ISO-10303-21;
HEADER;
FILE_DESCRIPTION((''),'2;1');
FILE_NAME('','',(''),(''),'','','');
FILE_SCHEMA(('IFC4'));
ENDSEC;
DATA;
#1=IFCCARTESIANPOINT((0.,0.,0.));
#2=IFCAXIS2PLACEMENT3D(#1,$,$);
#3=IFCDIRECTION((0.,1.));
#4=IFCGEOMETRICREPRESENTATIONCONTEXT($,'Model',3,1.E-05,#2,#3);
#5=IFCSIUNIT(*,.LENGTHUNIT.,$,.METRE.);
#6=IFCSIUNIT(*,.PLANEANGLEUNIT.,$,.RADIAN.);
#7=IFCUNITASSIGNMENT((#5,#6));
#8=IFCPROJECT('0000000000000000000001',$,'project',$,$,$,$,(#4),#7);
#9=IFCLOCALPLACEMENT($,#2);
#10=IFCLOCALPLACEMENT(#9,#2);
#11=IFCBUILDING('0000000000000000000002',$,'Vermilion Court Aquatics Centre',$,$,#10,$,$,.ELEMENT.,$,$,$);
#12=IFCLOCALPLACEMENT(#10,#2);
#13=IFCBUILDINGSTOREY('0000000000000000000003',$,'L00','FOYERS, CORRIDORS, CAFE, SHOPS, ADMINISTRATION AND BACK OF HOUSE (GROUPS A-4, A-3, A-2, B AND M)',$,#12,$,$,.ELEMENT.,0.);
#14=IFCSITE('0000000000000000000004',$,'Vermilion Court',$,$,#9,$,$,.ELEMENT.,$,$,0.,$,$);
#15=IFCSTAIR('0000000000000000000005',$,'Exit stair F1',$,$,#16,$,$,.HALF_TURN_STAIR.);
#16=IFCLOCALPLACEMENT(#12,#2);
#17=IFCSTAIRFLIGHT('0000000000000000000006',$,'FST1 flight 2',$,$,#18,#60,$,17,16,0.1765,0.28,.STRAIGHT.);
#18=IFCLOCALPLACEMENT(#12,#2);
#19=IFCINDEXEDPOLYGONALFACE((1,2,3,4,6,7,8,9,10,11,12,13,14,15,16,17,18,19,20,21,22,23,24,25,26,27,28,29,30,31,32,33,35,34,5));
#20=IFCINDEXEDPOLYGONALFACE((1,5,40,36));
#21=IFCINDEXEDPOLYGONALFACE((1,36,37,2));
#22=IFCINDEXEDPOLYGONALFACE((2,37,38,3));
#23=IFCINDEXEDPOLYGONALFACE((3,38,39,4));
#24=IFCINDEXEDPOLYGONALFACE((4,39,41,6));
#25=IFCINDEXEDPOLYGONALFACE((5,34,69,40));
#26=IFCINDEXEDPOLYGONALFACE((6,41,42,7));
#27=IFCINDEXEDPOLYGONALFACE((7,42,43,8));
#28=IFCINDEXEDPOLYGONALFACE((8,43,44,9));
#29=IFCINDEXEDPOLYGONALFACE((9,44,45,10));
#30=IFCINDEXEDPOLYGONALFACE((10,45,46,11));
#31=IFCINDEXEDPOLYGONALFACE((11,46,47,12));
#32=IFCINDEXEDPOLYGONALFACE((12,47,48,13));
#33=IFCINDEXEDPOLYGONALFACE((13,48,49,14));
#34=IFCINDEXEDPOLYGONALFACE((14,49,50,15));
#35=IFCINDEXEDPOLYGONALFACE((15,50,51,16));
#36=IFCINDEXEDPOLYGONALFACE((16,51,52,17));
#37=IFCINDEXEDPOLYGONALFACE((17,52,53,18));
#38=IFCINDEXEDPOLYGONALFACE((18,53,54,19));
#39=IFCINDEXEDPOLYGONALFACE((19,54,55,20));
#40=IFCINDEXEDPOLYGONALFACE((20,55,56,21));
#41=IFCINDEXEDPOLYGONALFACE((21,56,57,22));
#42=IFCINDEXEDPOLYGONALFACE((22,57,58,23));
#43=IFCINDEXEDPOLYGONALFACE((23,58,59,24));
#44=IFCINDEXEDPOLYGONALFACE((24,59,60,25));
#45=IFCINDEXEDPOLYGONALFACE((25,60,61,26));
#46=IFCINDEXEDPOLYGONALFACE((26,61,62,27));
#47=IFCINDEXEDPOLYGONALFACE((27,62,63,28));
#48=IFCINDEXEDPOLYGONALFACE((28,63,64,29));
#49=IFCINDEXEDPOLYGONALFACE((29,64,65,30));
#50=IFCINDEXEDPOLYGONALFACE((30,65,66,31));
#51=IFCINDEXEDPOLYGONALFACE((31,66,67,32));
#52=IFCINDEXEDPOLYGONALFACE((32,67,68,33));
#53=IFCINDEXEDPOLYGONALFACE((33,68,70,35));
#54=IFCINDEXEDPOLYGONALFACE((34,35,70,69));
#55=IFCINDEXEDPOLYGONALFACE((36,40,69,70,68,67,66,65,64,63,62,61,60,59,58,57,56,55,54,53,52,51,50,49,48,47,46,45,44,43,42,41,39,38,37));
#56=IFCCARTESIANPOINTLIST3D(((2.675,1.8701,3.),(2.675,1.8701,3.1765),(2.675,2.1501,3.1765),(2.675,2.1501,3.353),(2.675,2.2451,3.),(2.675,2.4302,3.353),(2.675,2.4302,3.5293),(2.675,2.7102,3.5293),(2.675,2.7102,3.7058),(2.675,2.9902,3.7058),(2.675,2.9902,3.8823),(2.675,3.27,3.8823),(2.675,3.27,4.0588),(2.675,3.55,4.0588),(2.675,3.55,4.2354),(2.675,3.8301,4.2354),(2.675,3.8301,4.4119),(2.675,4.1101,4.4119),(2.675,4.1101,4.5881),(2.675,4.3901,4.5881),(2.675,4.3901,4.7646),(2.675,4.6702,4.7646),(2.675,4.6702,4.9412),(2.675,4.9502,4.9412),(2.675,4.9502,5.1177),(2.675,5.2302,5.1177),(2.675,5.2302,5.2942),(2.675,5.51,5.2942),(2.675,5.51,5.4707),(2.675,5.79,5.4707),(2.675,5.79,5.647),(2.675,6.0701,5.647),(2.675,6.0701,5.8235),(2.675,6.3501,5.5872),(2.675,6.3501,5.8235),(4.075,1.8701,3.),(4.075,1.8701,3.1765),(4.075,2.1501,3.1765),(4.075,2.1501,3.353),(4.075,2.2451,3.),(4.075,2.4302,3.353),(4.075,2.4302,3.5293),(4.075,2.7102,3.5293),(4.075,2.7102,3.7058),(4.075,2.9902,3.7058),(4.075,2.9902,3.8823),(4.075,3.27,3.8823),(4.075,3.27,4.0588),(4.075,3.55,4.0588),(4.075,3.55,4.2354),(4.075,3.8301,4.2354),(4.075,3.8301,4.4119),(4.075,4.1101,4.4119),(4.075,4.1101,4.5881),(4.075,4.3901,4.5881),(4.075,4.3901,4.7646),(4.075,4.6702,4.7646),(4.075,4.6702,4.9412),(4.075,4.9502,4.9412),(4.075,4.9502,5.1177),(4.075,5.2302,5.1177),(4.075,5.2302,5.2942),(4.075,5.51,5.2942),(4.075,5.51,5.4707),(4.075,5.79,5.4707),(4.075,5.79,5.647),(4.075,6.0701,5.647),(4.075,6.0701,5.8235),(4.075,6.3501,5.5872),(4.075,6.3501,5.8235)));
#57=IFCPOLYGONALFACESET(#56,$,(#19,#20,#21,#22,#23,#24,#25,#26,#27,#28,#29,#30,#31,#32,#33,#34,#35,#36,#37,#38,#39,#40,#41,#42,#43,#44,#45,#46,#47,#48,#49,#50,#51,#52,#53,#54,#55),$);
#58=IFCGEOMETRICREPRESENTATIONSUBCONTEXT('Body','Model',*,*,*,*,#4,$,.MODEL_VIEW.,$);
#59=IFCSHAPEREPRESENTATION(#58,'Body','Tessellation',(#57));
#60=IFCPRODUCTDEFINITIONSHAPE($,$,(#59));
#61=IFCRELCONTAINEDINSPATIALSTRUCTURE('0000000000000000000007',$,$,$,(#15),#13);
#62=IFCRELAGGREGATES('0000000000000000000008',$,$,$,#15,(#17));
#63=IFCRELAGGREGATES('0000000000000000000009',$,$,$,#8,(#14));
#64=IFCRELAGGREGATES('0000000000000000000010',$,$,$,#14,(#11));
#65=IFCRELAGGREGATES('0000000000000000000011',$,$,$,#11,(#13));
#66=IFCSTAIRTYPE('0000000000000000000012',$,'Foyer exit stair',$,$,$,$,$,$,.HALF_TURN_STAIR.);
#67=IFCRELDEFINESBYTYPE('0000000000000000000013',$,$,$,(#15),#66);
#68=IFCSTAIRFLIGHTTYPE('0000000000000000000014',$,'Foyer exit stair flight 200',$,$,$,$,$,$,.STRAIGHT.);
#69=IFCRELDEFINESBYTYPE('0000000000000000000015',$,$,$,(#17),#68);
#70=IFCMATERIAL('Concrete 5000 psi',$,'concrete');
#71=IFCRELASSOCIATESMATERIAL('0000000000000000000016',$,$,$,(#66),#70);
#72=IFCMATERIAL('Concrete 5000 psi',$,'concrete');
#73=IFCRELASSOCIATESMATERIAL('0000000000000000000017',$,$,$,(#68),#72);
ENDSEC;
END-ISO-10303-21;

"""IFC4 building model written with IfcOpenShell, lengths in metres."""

from ifc_helpers import new_model, si_unit, direction, frame, origin, place, context, subcontext, project, spatial, polyline, outline, extrude, material, type_object, element, aggregate, save


model = new_model("IFC4")

# Units and contexts
model_context = context("Model", 3, precision=1e-05, world=origin(), true_north=direction((0.0, 1.0)))
body_context = subcontext(model_context, "Body", "Model", "MODEL_VIEW")
ifc_project = project(units=[si_unit("LENGTHUNIT", "METRE"), si_unit("PLANEANGLEUNIT", "RADIAN")], contexts=[model_context])

# Site, building, storey
site_placement = place(None, origin())
site = spatial("IfcSite", under=ifc_project, at=site_placement, Name="Vermilion Court", CompositionType="ELEMENT", RefElevation=0.0)
building_placement = place(site_placement, origin())
building = spatial("IfcBuilding", under=site, at=building_placement, Name="Vermilion Court Aquatics Centre", CompositionType="ELEMENT")
storey_placement = place(building_placement, origin())
storey = spatial("IfcBuildingStorey", under=building, at=storey_placement, Name="L00", Description="FOYERS, CORRIDORS, CAFE, SHOPS, ADMINISTRATION AND BACK OF HOUSE (GROUPS A-4, A-3, A-2, B AND M)", CompositionType="ELEMENT", Elevation=0.0)

# Stair, stair flight
ifc_material_1 = material(Name="Concrete 5000 psi", Category="concrete")
stair_type = type_object("IfcStairType", Name="Foyer exit stair", PredefinedType="HALF_TURN_STAIR", material=ifc_material_1)
stair_placement = place(storey_placement, origin())
stair = element("IfcStair", 1, at=stair_placement, inside=storey, type_object=stair_type, Name="Exit stair F1", PredefinedType="HALF_TURN_STAIR")
ifc_material_2 = material(Name="Concrete 5000 psi", Category="concrete")
stair_flight_type = type_object("IfcStairFlightType", Name="Foyer exit stair flight 200", PredefinedType="STRAIGHT", material=ifc_material_2)
stair_flight_1_placement = place(storey_placement, frame((3.375, 1.8701, 3.0), z_axis=(0.0, 0.0, 1.0), x_axis=(0.0, 1.0, 0.0)))
stair_flight_1 = element("IfcStairFlight", 2, at=stair_flight_1_placement, type_object=stair_flight_type, Name="FST1 flight 2", NumberOfRisers=17, NumberOfTreads=16, PredefinedType="STRAIGHT", RiserHeight=0.1765, TreadLength=0.28, context=body_context, shape_type="SweptSolid", body=[
    extrude(outline(polyline([(0.0, 0.0), (0.0, 0.1765), (0.28, 0.1765), (0.28, 0.353), (0.5601, 0.353), (0.5601, 0.5293), (0.8401, 0.5293), (0.8401, 0.7058), (1.1201, 0.7058), (1.1201, 0.8823), (1.3999, 0.8823), (1.3999, 1.0588), (1.6799, 1.0588), (1.6799, 1.2354), (1.96, 1.2354), (1.96, 1.4119), (2.24, 1.4119), (2.24, 1.5881), (2.52, 1.5881), (2.52, 1.7646), (2.8, 1.7646), (2.8, 1.9412), (3.0801, 1.9412), (3.0801, 2.1177), (3.3601, 2.1177), (3.3601, 2.2942), (3.6399, 2.2942), (3.6399, 2.4707), (3.9199, 2.4707), (3.9199, 2.647), (4.2, 2.647), (4.2, 2.8235), (4.48, 2.8235), (4.48, 3.0), (4.48, 2.5872), (0.375, 0.0), (0.0, 0.0)])), frame((0.0, 0.7, 0.0), z_axis=(0.0, -1.0, 0.0), x_axis=(1.0, 0.0, 0.0)), (0.0, 0.0, 1.0), 1.3999),
])
aggregate(stair, [stair_flight_1])

save(model, "model.ifc")
